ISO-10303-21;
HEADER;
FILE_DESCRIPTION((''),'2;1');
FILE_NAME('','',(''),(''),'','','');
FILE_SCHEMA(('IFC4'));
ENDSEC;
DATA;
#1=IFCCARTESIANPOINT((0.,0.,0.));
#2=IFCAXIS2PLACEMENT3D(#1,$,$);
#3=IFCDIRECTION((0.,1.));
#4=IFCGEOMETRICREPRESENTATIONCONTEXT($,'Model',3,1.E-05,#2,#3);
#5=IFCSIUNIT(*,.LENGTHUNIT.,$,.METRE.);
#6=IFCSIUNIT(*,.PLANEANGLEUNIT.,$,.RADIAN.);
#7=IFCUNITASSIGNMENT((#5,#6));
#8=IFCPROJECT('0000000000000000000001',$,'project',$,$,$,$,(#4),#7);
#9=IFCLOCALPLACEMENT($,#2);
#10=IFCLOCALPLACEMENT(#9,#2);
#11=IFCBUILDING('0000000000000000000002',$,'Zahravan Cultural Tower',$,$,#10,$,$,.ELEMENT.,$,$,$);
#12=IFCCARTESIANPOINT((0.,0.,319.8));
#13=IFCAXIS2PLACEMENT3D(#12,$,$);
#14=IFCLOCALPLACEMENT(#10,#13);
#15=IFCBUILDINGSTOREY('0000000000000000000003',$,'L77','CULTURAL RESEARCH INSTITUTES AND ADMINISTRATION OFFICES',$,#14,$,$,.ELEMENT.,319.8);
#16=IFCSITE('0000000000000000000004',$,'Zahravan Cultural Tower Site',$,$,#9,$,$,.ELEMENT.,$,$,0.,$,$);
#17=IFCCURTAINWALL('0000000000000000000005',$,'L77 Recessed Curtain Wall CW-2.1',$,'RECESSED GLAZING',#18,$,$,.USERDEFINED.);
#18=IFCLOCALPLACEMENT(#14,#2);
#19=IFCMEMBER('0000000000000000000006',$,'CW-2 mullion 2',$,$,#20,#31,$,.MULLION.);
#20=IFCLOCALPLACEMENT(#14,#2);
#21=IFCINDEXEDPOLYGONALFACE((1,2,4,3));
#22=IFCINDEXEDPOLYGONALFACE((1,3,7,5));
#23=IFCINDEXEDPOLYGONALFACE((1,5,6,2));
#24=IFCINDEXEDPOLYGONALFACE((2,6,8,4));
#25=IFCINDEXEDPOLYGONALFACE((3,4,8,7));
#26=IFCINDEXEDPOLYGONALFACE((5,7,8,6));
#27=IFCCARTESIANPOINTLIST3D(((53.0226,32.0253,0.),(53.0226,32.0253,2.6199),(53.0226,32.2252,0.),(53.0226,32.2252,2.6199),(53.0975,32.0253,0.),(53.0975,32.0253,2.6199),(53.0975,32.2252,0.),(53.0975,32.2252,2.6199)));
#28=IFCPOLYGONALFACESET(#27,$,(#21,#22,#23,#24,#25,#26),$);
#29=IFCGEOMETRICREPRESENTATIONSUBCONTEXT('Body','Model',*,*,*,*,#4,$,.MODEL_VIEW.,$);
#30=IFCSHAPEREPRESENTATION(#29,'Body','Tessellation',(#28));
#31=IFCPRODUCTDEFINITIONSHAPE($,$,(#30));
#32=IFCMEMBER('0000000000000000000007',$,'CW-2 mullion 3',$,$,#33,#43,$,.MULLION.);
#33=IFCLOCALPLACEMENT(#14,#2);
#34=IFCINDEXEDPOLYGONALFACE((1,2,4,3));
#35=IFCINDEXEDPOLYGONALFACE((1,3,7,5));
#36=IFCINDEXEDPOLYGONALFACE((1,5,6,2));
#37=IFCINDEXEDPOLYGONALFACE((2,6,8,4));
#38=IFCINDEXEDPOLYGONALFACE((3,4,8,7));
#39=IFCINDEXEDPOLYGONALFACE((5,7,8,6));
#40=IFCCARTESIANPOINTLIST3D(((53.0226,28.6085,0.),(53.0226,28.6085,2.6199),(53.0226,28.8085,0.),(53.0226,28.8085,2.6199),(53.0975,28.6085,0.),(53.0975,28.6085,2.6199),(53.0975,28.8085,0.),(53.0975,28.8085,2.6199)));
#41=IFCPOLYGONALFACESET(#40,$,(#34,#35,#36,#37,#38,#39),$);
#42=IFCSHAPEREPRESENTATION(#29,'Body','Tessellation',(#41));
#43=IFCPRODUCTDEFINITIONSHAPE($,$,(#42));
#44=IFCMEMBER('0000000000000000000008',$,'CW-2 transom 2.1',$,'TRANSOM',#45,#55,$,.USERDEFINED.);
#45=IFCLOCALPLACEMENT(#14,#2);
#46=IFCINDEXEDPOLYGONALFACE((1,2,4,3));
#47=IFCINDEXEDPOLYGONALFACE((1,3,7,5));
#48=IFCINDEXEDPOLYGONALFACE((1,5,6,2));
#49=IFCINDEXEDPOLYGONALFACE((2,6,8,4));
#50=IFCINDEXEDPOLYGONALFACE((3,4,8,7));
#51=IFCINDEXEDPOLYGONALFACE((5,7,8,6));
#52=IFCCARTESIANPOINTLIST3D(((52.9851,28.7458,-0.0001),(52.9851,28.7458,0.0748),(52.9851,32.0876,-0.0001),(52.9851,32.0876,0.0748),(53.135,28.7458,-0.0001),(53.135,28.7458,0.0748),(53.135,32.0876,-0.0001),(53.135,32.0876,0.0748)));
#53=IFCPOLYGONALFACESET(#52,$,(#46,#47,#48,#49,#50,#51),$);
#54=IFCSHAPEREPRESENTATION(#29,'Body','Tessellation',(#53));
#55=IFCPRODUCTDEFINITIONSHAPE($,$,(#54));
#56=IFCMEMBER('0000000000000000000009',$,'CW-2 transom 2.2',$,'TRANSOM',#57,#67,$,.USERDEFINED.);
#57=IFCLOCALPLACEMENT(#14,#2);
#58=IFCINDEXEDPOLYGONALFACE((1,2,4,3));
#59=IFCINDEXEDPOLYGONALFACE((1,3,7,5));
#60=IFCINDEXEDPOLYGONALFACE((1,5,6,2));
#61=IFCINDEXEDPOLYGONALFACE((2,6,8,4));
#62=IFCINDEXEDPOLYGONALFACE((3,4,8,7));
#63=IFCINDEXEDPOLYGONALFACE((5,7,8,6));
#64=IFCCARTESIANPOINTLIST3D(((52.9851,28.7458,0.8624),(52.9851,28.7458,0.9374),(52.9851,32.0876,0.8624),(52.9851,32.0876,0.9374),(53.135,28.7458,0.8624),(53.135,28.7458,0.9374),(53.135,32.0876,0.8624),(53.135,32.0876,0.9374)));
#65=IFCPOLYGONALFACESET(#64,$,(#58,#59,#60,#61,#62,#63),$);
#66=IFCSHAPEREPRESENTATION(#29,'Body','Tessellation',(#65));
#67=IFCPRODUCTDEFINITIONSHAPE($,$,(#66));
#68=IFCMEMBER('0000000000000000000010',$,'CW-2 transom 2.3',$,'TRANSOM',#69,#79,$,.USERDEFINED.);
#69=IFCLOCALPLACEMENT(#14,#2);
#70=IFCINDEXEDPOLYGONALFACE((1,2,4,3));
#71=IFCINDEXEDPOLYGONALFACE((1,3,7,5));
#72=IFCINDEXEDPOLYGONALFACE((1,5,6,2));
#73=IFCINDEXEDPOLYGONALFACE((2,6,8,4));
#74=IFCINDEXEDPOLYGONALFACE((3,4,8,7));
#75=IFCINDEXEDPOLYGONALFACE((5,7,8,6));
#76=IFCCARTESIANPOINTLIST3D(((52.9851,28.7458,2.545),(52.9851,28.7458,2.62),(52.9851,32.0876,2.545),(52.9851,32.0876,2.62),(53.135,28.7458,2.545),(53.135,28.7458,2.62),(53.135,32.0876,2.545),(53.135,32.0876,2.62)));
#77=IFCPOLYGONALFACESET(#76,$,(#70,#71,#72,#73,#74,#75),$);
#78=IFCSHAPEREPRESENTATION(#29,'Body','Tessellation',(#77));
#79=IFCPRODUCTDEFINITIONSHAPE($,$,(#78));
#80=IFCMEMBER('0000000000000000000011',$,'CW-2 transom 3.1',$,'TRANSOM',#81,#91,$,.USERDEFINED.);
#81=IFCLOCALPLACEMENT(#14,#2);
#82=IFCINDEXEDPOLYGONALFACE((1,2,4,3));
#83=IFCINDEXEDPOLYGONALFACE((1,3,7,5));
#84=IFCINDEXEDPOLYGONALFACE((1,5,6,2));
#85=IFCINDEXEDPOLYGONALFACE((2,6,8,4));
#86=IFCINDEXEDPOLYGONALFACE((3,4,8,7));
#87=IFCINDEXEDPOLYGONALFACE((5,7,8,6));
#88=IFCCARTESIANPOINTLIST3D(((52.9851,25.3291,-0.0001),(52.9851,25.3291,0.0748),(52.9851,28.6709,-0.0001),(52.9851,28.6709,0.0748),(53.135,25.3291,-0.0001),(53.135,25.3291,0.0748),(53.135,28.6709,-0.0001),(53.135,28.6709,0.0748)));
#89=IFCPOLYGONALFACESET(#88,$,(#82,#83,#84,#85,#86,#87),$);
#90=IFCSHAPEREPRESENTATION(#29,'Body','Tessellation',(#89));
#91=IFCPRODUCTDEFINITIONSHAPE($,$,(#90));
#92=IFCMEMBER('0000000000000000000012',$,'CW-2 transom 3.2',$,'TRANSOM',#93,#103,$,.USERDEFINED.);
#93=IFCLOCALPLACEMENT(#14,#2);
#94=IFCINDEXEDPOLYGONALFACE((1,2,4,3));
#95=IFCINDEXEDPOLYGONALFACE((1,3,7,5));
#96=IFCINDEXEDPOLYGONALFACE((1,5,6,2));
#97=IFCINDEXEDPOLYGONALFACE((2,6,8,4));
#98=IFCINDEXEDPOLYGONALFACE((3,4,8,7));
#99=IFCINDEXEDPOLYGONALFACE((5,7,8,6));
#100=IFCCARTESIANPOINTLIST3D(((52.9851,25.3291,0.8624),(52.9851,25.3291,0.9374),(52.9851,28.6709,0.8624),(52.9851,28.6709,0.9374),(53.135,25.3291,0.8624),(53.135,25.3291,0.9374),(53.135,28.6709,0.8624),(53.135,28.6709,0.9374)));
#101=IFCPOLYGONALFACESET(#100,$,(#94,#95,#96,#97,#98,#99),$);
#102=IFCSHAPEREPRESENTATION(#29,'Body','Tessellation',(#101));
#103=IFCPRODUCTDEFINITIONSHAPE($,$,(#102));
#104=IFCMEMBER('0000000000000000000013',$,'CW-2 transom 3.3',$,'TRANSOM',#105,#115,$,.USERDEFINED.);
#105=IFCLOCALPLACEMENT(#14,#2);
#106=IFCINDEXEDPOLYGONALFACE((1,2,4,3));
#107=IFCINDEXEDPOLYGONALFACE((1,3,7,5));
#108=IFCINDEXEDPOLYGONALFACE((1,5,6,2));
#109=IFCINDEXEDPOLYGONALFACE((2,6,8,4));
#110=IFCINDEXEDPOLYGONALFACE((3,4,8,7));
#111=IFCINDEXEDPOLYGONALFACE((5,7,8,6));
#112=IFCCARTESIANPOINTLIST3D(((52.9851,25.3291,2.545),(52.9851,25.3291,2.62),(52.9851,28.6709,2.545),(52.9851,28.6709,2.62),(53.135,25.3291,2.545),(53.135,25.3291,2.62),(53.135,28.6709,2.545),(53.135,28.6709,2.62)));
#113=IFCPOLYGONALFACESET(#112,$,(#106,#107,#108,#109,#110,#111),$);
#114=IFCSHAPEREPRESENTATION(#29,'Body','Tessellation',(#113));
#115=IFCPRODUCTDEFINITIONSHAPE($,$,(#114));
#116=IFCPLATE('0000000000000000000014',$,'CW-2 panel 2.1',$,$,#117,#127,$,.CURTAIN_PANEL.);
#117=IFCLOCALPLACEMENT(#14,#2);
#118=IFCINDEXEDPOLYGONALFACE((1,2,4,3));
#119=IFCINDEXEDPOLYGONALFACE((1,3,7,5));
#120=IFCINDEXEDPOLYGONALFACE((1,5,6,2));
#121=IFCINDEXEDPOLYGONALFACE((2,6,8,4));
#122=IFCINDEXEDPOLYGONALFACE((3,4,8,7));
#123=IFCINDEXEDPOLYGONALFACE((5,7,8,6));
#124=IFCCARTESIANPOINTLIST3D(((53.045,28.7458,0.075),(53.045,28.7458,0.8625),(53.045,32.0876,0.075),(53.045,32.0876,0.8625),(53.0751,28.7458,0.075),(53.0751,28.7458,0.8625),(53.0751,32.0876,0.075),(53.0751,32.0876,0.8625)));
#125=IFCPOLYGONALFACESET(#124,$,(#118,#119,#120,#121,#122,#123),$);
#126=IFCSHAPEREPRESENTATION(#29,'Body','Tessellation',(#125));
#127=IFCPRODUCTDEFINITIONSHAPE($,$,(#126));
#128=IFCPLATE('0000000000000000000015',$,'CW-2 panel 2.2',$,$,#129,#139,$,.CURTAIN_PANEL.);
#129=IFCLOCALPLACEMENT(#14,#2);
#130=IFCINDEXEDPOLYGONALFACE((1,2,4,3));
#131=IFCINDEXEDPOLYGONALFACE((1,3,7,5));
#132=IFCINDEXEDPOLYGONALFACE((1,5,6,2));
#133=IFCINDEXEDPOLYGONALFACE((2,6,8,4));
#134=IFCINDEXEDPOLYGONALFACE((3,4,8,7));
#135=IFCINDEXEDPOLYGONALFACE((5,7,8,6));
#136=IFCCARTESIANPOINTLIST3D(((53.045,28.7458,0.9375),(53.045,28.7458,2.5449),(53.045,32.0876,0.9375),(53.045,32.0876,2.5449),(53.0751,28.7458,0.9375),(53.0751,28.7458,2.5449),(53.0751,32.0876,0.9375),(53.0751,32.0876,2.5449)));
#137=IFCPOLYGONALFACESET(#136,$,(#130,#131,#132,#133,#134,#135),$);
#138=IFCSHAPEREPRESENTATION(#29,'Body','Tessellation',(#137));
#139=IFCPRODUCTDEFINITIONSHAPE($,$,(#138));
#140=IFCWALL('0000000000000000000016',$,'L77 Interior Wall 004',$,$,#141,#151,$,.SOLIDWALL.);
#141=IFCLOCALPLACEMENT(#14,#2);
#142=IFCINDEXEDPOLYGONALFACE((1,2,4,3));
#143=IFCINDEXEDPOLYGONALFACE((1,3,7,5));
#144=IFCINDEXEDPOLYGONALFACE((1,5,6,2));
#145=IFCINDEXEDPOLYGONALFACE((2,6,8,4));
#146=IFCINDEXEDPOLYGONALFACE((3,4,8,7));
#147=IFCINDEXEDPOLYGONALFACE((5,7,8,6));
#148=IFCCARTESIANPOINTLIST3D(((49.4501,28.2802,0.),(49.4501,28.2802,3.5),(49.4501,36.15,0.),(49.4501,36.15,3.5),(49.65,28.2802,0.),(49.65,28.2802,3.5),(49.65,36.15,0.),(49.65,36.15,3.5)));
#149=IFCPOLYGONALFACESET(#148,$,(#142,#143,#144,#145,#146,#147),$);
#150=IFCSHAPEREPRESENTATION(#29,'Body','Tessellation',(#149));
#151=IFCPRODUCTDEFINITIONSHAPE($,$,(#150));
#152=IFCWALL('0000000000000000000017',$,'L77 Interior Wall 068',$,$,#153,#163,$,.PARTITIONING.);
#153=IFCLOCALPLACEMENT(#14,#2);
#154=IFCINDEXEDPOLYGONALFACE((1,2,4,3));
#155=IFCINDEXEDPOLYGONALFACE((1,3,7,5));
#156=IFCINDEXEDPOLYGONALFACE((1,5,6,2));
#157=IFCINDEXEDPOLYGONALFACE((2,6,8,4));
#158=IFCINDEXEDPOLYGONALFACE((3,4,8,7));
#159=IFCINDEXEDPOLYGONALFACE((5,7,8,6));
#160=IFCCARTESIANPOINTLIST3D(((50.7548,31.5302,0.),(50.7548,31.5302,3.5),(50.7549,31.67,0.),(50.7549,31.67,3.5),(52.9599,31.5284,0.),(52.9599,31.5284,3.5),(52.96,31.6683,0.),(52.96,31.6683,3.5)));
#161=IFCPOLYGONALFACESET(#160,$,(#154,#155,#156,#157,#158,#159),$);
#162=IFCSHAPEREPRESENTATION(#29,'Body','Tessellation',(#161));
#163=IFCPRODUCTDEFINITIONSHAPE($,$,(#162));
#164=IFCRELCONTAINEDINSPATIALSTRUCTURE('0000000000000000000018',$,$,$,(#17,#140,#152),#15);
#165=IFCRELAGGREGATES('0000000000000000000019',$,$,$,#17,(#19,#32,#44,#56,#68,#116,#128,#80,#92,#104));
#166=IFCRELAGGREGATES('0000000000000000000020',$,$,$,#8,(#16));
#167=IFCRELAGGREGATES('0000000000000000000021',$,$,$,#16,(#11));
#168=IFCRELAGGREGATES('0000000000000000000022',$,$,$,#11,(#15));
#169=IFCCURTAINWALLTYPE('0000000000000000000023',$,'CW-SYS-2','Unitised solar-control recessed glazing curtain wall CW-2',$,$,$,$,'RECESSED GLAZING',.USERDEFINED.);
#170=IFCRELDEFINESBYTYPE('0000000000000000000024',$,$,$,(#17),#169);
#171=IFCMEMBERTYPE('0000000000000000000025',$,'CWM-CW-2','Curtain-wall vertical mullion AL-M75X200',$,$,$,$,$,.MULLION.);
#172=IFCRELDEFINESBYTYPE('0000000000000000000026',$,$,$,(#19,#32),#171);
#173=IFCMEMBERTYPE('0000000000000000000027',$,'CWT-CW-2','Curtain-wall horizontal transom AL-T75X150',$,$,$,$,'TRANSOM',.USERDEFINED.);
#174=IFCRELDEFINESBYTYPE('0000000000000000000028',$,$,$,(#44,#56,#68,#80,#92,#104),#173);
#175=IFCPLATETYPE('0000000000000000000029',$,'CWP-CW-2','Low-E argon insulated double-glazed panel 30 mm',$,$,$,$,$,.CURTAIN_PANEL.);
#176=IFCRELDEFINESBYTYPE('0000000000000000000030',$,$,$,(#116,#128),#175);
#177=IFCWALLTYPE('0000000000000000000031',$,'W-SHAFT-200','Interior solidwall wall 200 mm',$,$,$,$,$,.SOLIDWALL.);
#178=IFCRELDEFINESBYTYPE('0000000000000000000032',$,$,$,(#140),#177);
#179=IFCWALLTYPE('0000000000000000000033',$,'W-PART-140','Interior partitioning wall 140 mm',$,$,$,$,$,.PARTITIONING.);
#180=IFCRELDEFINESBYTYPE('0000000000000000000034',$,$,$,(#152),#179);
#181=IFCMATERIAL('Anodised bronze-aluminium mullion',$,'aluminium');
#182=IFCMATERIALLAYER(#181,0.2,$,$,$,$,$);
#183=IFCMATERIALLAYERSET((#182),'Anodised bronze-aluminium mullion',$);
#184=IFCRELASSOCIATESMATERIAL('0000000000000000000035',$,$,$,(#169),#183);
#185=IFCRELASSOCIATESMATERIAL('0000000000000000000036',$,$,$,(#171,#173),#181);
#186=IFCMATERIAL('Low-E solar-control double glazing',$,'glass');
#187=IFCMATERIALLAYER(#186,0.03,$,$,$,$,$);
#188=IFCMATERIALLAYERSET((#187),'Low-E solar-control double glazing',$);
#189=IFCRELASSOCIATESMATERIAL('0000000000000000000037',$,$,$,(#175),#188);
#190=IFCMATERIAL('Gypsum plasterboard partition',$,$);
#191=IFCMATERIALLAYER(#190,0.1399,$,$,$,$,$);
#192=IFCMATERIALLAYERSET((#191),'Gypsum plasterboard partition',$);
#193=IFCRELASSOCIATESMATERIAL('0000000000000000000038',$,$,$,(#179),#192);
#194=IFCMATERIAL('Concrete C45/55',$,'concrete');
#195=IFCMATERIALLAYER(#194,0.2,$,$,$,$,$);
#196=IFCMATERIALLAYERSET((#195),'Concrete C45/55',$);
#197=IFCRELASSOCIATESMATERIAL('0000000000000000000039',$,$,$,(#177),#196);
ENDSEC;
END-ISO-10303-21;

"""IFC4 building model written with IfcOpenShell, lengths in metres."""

from ifc_helpers import new_model, si_unit, direction, frame, frame_2d, origin, origin_2d, place, context, subcontext, project, spatial, rectangle, extrude, source, transform, mapped, material, layer, layer_set, material_profile, profile_set, type_object, element, aggregate, save


model = new_model("IFC4")

# Units and contexts
model_context = context("Model", 3, precision=1e-05, world=origin(), true_north=direction((0.0, 1.0)))
body_context = subcontext(model_context, "Body", "Model", "MODEL_VIEW")
ifc_project = project(units=[si_unit("LENGTHUNIT", "METRE"), si_unit("PLANEANGLEUNIT", "RADIAN")], contexts=[model_context])

# Site, building, storey
site_placement = place(None, origin())
site = spatial("IfcSite", under=ifc_project, at=site_placement, Name="Zahravan Cultural Tower Site", CompositionType="ELEMENT", RefElevation=0.0)
building_placement = place(site_placement, origin())
building = spatial("IfcBuilding", under=site, at=building_placement, Name="Zahravan Cultural Tower", CompositionType="ELEMENT")
storey_placement = place(building_placement, frame((0.0, 0.0, 319.8)))
storey = spatial("IfcBuildingStorey", under=building, at=storey_placement, Name="L77", Description="CULTURAL RESEARCH INSTITUTES AND ADMINISTRATION OFFICES", CompositionType="ELEMENT", Elevation=319.8)

# Curtain wall, members, plates
ifc_material_1 = material(Name="Anodised bronze-aluminium mullion", Category="aluminium")
ifc_layer_1 = layer(ifc_material_1, 0.2)
ifc_layer_set_1 = layer_set([ifc_layer_1], Name="Anodised bronze-aluminium mullion")
curtain_wall_type = type_object("IfcCurtainWallType", Name="CW-SYS-2", Description="Unitised solar-control recessed glazing curtain wall CW-2", ElementType="RECESSED GLAZING", PredefinedType="USERDEFINED", material=ifc_layer_set_1)
curtain_wall_placement = place(storey_placement, origin())
curtain_wall = element("IfcCurtainWall", 1, at=curtain_wall_placement, inside=storey, type_object=curtain_wall_type, Name="L77 Recessed Curtain Wall CW-2.1", ObjectType="RECESSED GLAZING", PredefinedType="USERDEFINED")
ifc_material_profile_1 = material_profile(ifc_material_1, rectangle(XDim=0.075, YDim=0.2, at=origin_2d()), Name="AL-M75X200")
ifc_profile_set_1 = profile_set([ifc_material_profile_1], Name="Anodised bronze-aluminium mullion")
member_type_1 = type_object("IfcMemberType", Name="CWM-CW-2", Description="Curtain-wall vertical mullion AL-M75X200", PredefinedType="MULLION", material=ifc_profile_set_1)
shared_shape_1 = source(origin(), body_context, "Body", "SweptSolid", [
    extrude(rectangle(XDim=0.075, YDim=0.2, at=origin_2d()), origin(), (0.0, 0.0, 1.0), 2.6199),
])
member_1_placement = place(storey_placement, frame((53.0601, 32.1252, 0.0), z_axis=(0.0, 0.0, 1.0), x_axis=(1.0, 0.0, 0.0)))
member_1 = element("IfcMember", 2, at=member_1_placement, type_object=member_type_1, Name="CW-2 mullion 2", PredefinedType="MULLION", context=body_context, shape_type="MappedRepresentation", body=[
    mapped(shared_shape_1, transform((0.0, 0.0, 0.0), x_axis=(1.0, 0.0, 0.0), y_axis=(0.0, 1.0, 0.0), z_axis=(0.0, 0.0, 1.0), scale=1.0)),
])
member_2_placement = place(storey_placement, frame((53.0601, 28.7085, 0.0), z_axis=(0.0, 0.0, 1.0), x_axis=(1.0, 0.0, 0.0)))
member_2 = element("IfcMember", 3, at=member_2_placement, type_object=member_type_1, Name="CW-2 mullion 3", PredefinedType="MULLION", context=body_context, shape_type="MappedRepresentation", body=[
    mapped(shared_shape_1, transform((0.0, 0.0, 0.0), x_axis=(1.0, 0.0, 0.0), y_axis=(0.0, 1.0, 0.0), z_axis=(0.0, 0.0, 1.0), scale=1.0)),
])
ifc_material_profile_2 = material_profile(ifc_material_1, rectangle(XDim=0.1499, YDim=0.075, at=origin_2d()), Name="AL-T75X150")
ifc_profile_set_2 = profile_set([ifc_material_profile_2], Name="Anodised bronze-aluminium mullion")
member_type_2 = type_object("IfcMemberType", Name="CWT-CW-2", Description="Curtain-wall horizontal transom AL-T75X150", ElementType="TRANSOM", PredefinedType="USERDEFINED", material=ifc_profile_set_2)
shared_shape_2 = source(origin(), body_context, "Body", "SweptSolid", [
    extrude(rectangle(XDim=0.1499, YDim=0.075, at=origin_2d()), origin(), (0.0, 0.0, 1.0), 3.3418),
])
member_3_placement = place(storey_placement, frame((53.0601, 32.0876, 0.0374), z_axis=(0.0, -1.0, 0.0), x_axis=(1.0, 0.0, 0.0)))
member_3 = element("IfcMember", 4, at=member_3_placement, type_object=member_type_2, Name="CW-2 transom 2.1", ObjectType="TRANSOM", PredefinedType="USERDEFINED", context=body_context, shape_type="MappedRepresentation", body=[
    mapped(shared_shape_2, transform((0.0, 0.0, 0.0), x_axis=(1.0, 0.0, 0.0), y_axis=(0.0, 1.0, 0.0), z_axis=(0.0, 0.0, 1.0), scale=1.0)),
])
member_4_placement = place(storey_placement, frame((53.0601, 32.0876, 0.8999), z_axis=(0.0, -1.0, 0.0), x_axis=(1.0, 0.0, 0.0)))
member_4 = element("IfcMember", 5, at=member_4_placement, type_object=member_type_2, Name="CW-2 transom 2.2", ObjectType="TRANSOM", PredefinedType="USERDEFINED", context=body_context, shape_type="MappedRepresentation", body=[
    mapped(shared_shape_2, transform((0.0, 0.0, 0.0), x_axis=(1.0, 0.0, 0.0), y_axis=(0.0, 1.0, 0.0), z_axis=(0.0, 0.0, 1.0), scale=1.0)),
])
member_5_placement = place(storey_placement, frame((53.0601, 32.0876, 2.5825), z_axis=(0.0, -1.0, 0.0), x_axis=(1.0, 0.0, 0.0)))
member_5 = element("IfcMember", 6, at=member_5_placement, type_object=member_type_2, Name="CW-2 transom 2.3", ObjectType="TRANSOM", PredefinedType="USERDEFINED", context=body_context, shape_type="MappedRepresentation", body=[
    mapped(shared_shape_2, transform((0.0, 0.0, 0.0), x_axis=(1.0, 0.0, 0.0), y_axis=(0.0, 1.0, 0.0), z_axis=(0.0, 0.0, 1.0), scale=1.0)),
])
member_6_placement = place(storey_placement, frame((53.0601, 28.6709, 0.0374), z_axis=(0.0, -1.0, 0.0), x_axis=(1.0, 0.0, 0.0)))
member_6 = element("IfcMember", 7, at=member_6_placement, type_object=member_type_2, Name="CW-2 transom 3.1", ObjectType="TRANSOM", PredefinedType="USERDEFINED", context=body_context, shape_type="MappedRepresentation", body=[
    mapped(shared_shape_2, transform((0.0, 0.0, 0.0), x_axis=(1.0, 0.0, 0.0), y_axis=(0.0, 1.0, 0.0), z_axis=(0.0, 0.0, 1.0), scale=1.0)),
])
member_7_placement = place(storey_placement, frame((53.0601, 28.6709, 0.8999), z_axis=(0.0, -1.0, 0.0), x_axis=(1.0, 0.0, 0.0)))
member_7 = element("IfcMember", 8, at=member_7_placement, type_object=member_type_2, Name="CW-2 transom 3.2", ObjectType="TRANSOM", PredefinedType="USERDEFINED", context=body_context, shape_type="MappedRepresentation", body=[
    mapped(shared_shape_2, transform((0.0, 0.0, 0.0), x_axis=(1.0, 0.0, 0.0), y_axis=(0.0, 1.0, 0.0), z_axis=(0.0, 0.0, 1.0), scale=1.0)),
])
member_8_placement = place(storey_placement, frame((53.0601, 28.6709, 2.5825), z_axis=(0.0, -1.0, 0.0), x_axis=(1.0, 0.0, 0.0)))
member_8 = element("IfcMember", 9, at=member_8_placement, type_object=member_type_2, Name="CW-2 transom 3.3", ObjectType="TRANSOM", PredefinedType="USERDEFINED", context=body_context, shape_type="MappedRepresentation", body=[
    mapped(shared_shape_2, transform((0.0, 0.0, 0.0), x_axis=(1.0, 0.0, 0.0), y_axis=(0.0, 1.0, 0.0), z_axis=(0.0, 0.0, 1.0), scale=1.0)),
])
ifc_material_2 = material(Name="Low-E solar-control double glazing", Category="glass")
ifc_layer_2 = layer(ifc_material_2, 0.03)
ifc_layer_set_2 = layer_set([ifc_layer_2], Name="Low-E solar-control double glazing")
plate_type = type_object("IfcPlateType", Name="CWP-CW-2", Description="Low-E argon insulated double-glazed panel 30 mm", PredefinedType="CURTAIN_PANEL", material=ifc_layer_set_2)
shared_shape_3 = source(origin(), body_context, "Body", "SweptSolid", [
    extrude(rectangle(XDim=3.3418, YDim=0.03, at=origin_2d()), origin(), (0.0, 0.0, 1.0), 0.7876),
])
plate_1_placement = place(storey_placement, frame((53.0601, 30.4167, 0.075), z_axis=(0.0, 0.0, 1.0), x_axis=(0.0, -1.0, 0.0)))
plate_1 = element("IfcPlate", 10, at=plate_1_placement, type_object=plate_type, Name="CW-2 panel 2.1", PredefinedType="CURTAIN_PANEL", context=body_context, shape_type="MappedRepresentation", body=[
    mapped(shared_shape_3, transform((0.0, 0.0, 0.0), x_axis=(1.0, 0.0, 0.0), y_axis=(0.0, 1.0, 0.0), z_axis=(0.0, 0.0, 1.0), scale=1.0)),
])
shared_shape_4 = source(origin(), body_context, "Body", "SweptSolid", [
    extrude(rectangle(XDim=3.3418, YDim=0.03, at=origin_2d()), origin(), (0.0, 0.0, 1.0), 1.6074),
])
plate_2_placement = place(storey_placement, frame((53.0601, 30.4167, 0.9375), z_axis=(0.0, 0.0, 1.0), x_axis=(0.0, -1.0, 0.0)))
plate_2 = element("IfcPlate", 11, at=plate_2_placement, type_object=plate_type, Name="CW-2 panel 2.2", PredefinedType="CURTAIN_PANEL", context=body_context, shape_type="MappedRepresentation", body=[
    mapped(shared_shape_4, transform((0.0, 0.0, 0.0), x_axis=(1.0, 0.0, 0.0), y_axis=(0.0, 1.0, 0.0), z_axis=(0.0, 0.0, 1.0), scale=1.0)),
])
aggregate(curtain_wall, [member_1, member_2, member_3, member_4, member_5, plate_1, plate_2, member_6, member_7, member_8])

# Shared definitions
ifc_material_3 = material(Name="Gypsum plasterboard partition")
ifc_layer_3 = layer(ifc_material_3, 0.1399)
ifc_layer_set_3 = layer_set([ifc_layer_3], Name="Gypsum plasterboard partition")
wall_type_1 = type_object("IfcWallType", Name="W-PART-140", Description="Interior partitioning wall 140 mm", PredefinedType="PARTITIONING", material=ifc_layer_set_3)

# Walls
ifc_material_4 = material(Name="Concrete C45/55", Category="concrete")
ifc_layer_4 = layer(ifc_material_4, 0.2)
ifc_layer_set_4 = layer_set([ifc_layer_4], Name="Concrete C45/55")
wall_type_2 = type_object("IfcWallType", Name="W-SHAFT-200", Description="Interior solidwall wall 200 mm", PredefinedType="SOLIDWALL", material=ifc_layer_set_4)
shared_shape_5 = source(origin(), body_context, "Body", "SweptSolid", [
    extrude(rectangle(XDim=7.8699, YDim=0.2, at=frame_2d((3.9351, 0.0))), origin(), (0.0, 0.0, 1.0), 3.5),
])
wall_1_placement = place(storey_placement, frame((49.55, 28.28, 0.0), z_axis=(0.0, 0.0, 1.0), x_axis=(0.0, 1.0, 0.0)))
element("IfcWall", 12, at=wall_1_placement, inside=storey, type_object=wall_type_2, Name="L77 Interior Wall 004", PredefinedType="SOLIDWALL", context=body_context, shape_type="MappedRepresentation", body=[
    mapped(shared_shape_5, transform((0.0, 0.0, 0.0), x_axis=(1.0, 0.0, 0.0), y_axis=(0.0, 1.0, 0.0), z_axis=(0.0, 0.0, 1.0), scale=1.0)),
])
shared_shape_6 = source(origin(), body_context, "Body", "SweptSolid", [
    extrude(rectangle(XDim=2.2051, YDim=0.1399, at=frame_2d((1.1025, 0.0))), origin(), (0.0, 0.0, 1.0), 3.5),
])
wall_2_placement = place(storey_placement, frame((52.96, 31.5984, 0.0), z_axis=(0.0, 0.0, 1.0), x_axis=(-1.0, 0.000775, 0.0)))
element("IfcWall", 13, at=wall_2_placement, inside=storey, type_object=wall_type_1, Name="L77 Interior Wall 068", PredefinedType="PARTITIONING", context=body_context, shape_type="MappedRepresentation", body=[
    mapped(shared_shape_6, transform((0.0, 0.0, 0.0), x_axis=(1.0, 0.0, 0.0), y_axis=(0.0, 1.0, 0.0), z_axis=(0.0, 0.0, 1.0), scale=1.0)),
])

save(model, "model.ifc")
